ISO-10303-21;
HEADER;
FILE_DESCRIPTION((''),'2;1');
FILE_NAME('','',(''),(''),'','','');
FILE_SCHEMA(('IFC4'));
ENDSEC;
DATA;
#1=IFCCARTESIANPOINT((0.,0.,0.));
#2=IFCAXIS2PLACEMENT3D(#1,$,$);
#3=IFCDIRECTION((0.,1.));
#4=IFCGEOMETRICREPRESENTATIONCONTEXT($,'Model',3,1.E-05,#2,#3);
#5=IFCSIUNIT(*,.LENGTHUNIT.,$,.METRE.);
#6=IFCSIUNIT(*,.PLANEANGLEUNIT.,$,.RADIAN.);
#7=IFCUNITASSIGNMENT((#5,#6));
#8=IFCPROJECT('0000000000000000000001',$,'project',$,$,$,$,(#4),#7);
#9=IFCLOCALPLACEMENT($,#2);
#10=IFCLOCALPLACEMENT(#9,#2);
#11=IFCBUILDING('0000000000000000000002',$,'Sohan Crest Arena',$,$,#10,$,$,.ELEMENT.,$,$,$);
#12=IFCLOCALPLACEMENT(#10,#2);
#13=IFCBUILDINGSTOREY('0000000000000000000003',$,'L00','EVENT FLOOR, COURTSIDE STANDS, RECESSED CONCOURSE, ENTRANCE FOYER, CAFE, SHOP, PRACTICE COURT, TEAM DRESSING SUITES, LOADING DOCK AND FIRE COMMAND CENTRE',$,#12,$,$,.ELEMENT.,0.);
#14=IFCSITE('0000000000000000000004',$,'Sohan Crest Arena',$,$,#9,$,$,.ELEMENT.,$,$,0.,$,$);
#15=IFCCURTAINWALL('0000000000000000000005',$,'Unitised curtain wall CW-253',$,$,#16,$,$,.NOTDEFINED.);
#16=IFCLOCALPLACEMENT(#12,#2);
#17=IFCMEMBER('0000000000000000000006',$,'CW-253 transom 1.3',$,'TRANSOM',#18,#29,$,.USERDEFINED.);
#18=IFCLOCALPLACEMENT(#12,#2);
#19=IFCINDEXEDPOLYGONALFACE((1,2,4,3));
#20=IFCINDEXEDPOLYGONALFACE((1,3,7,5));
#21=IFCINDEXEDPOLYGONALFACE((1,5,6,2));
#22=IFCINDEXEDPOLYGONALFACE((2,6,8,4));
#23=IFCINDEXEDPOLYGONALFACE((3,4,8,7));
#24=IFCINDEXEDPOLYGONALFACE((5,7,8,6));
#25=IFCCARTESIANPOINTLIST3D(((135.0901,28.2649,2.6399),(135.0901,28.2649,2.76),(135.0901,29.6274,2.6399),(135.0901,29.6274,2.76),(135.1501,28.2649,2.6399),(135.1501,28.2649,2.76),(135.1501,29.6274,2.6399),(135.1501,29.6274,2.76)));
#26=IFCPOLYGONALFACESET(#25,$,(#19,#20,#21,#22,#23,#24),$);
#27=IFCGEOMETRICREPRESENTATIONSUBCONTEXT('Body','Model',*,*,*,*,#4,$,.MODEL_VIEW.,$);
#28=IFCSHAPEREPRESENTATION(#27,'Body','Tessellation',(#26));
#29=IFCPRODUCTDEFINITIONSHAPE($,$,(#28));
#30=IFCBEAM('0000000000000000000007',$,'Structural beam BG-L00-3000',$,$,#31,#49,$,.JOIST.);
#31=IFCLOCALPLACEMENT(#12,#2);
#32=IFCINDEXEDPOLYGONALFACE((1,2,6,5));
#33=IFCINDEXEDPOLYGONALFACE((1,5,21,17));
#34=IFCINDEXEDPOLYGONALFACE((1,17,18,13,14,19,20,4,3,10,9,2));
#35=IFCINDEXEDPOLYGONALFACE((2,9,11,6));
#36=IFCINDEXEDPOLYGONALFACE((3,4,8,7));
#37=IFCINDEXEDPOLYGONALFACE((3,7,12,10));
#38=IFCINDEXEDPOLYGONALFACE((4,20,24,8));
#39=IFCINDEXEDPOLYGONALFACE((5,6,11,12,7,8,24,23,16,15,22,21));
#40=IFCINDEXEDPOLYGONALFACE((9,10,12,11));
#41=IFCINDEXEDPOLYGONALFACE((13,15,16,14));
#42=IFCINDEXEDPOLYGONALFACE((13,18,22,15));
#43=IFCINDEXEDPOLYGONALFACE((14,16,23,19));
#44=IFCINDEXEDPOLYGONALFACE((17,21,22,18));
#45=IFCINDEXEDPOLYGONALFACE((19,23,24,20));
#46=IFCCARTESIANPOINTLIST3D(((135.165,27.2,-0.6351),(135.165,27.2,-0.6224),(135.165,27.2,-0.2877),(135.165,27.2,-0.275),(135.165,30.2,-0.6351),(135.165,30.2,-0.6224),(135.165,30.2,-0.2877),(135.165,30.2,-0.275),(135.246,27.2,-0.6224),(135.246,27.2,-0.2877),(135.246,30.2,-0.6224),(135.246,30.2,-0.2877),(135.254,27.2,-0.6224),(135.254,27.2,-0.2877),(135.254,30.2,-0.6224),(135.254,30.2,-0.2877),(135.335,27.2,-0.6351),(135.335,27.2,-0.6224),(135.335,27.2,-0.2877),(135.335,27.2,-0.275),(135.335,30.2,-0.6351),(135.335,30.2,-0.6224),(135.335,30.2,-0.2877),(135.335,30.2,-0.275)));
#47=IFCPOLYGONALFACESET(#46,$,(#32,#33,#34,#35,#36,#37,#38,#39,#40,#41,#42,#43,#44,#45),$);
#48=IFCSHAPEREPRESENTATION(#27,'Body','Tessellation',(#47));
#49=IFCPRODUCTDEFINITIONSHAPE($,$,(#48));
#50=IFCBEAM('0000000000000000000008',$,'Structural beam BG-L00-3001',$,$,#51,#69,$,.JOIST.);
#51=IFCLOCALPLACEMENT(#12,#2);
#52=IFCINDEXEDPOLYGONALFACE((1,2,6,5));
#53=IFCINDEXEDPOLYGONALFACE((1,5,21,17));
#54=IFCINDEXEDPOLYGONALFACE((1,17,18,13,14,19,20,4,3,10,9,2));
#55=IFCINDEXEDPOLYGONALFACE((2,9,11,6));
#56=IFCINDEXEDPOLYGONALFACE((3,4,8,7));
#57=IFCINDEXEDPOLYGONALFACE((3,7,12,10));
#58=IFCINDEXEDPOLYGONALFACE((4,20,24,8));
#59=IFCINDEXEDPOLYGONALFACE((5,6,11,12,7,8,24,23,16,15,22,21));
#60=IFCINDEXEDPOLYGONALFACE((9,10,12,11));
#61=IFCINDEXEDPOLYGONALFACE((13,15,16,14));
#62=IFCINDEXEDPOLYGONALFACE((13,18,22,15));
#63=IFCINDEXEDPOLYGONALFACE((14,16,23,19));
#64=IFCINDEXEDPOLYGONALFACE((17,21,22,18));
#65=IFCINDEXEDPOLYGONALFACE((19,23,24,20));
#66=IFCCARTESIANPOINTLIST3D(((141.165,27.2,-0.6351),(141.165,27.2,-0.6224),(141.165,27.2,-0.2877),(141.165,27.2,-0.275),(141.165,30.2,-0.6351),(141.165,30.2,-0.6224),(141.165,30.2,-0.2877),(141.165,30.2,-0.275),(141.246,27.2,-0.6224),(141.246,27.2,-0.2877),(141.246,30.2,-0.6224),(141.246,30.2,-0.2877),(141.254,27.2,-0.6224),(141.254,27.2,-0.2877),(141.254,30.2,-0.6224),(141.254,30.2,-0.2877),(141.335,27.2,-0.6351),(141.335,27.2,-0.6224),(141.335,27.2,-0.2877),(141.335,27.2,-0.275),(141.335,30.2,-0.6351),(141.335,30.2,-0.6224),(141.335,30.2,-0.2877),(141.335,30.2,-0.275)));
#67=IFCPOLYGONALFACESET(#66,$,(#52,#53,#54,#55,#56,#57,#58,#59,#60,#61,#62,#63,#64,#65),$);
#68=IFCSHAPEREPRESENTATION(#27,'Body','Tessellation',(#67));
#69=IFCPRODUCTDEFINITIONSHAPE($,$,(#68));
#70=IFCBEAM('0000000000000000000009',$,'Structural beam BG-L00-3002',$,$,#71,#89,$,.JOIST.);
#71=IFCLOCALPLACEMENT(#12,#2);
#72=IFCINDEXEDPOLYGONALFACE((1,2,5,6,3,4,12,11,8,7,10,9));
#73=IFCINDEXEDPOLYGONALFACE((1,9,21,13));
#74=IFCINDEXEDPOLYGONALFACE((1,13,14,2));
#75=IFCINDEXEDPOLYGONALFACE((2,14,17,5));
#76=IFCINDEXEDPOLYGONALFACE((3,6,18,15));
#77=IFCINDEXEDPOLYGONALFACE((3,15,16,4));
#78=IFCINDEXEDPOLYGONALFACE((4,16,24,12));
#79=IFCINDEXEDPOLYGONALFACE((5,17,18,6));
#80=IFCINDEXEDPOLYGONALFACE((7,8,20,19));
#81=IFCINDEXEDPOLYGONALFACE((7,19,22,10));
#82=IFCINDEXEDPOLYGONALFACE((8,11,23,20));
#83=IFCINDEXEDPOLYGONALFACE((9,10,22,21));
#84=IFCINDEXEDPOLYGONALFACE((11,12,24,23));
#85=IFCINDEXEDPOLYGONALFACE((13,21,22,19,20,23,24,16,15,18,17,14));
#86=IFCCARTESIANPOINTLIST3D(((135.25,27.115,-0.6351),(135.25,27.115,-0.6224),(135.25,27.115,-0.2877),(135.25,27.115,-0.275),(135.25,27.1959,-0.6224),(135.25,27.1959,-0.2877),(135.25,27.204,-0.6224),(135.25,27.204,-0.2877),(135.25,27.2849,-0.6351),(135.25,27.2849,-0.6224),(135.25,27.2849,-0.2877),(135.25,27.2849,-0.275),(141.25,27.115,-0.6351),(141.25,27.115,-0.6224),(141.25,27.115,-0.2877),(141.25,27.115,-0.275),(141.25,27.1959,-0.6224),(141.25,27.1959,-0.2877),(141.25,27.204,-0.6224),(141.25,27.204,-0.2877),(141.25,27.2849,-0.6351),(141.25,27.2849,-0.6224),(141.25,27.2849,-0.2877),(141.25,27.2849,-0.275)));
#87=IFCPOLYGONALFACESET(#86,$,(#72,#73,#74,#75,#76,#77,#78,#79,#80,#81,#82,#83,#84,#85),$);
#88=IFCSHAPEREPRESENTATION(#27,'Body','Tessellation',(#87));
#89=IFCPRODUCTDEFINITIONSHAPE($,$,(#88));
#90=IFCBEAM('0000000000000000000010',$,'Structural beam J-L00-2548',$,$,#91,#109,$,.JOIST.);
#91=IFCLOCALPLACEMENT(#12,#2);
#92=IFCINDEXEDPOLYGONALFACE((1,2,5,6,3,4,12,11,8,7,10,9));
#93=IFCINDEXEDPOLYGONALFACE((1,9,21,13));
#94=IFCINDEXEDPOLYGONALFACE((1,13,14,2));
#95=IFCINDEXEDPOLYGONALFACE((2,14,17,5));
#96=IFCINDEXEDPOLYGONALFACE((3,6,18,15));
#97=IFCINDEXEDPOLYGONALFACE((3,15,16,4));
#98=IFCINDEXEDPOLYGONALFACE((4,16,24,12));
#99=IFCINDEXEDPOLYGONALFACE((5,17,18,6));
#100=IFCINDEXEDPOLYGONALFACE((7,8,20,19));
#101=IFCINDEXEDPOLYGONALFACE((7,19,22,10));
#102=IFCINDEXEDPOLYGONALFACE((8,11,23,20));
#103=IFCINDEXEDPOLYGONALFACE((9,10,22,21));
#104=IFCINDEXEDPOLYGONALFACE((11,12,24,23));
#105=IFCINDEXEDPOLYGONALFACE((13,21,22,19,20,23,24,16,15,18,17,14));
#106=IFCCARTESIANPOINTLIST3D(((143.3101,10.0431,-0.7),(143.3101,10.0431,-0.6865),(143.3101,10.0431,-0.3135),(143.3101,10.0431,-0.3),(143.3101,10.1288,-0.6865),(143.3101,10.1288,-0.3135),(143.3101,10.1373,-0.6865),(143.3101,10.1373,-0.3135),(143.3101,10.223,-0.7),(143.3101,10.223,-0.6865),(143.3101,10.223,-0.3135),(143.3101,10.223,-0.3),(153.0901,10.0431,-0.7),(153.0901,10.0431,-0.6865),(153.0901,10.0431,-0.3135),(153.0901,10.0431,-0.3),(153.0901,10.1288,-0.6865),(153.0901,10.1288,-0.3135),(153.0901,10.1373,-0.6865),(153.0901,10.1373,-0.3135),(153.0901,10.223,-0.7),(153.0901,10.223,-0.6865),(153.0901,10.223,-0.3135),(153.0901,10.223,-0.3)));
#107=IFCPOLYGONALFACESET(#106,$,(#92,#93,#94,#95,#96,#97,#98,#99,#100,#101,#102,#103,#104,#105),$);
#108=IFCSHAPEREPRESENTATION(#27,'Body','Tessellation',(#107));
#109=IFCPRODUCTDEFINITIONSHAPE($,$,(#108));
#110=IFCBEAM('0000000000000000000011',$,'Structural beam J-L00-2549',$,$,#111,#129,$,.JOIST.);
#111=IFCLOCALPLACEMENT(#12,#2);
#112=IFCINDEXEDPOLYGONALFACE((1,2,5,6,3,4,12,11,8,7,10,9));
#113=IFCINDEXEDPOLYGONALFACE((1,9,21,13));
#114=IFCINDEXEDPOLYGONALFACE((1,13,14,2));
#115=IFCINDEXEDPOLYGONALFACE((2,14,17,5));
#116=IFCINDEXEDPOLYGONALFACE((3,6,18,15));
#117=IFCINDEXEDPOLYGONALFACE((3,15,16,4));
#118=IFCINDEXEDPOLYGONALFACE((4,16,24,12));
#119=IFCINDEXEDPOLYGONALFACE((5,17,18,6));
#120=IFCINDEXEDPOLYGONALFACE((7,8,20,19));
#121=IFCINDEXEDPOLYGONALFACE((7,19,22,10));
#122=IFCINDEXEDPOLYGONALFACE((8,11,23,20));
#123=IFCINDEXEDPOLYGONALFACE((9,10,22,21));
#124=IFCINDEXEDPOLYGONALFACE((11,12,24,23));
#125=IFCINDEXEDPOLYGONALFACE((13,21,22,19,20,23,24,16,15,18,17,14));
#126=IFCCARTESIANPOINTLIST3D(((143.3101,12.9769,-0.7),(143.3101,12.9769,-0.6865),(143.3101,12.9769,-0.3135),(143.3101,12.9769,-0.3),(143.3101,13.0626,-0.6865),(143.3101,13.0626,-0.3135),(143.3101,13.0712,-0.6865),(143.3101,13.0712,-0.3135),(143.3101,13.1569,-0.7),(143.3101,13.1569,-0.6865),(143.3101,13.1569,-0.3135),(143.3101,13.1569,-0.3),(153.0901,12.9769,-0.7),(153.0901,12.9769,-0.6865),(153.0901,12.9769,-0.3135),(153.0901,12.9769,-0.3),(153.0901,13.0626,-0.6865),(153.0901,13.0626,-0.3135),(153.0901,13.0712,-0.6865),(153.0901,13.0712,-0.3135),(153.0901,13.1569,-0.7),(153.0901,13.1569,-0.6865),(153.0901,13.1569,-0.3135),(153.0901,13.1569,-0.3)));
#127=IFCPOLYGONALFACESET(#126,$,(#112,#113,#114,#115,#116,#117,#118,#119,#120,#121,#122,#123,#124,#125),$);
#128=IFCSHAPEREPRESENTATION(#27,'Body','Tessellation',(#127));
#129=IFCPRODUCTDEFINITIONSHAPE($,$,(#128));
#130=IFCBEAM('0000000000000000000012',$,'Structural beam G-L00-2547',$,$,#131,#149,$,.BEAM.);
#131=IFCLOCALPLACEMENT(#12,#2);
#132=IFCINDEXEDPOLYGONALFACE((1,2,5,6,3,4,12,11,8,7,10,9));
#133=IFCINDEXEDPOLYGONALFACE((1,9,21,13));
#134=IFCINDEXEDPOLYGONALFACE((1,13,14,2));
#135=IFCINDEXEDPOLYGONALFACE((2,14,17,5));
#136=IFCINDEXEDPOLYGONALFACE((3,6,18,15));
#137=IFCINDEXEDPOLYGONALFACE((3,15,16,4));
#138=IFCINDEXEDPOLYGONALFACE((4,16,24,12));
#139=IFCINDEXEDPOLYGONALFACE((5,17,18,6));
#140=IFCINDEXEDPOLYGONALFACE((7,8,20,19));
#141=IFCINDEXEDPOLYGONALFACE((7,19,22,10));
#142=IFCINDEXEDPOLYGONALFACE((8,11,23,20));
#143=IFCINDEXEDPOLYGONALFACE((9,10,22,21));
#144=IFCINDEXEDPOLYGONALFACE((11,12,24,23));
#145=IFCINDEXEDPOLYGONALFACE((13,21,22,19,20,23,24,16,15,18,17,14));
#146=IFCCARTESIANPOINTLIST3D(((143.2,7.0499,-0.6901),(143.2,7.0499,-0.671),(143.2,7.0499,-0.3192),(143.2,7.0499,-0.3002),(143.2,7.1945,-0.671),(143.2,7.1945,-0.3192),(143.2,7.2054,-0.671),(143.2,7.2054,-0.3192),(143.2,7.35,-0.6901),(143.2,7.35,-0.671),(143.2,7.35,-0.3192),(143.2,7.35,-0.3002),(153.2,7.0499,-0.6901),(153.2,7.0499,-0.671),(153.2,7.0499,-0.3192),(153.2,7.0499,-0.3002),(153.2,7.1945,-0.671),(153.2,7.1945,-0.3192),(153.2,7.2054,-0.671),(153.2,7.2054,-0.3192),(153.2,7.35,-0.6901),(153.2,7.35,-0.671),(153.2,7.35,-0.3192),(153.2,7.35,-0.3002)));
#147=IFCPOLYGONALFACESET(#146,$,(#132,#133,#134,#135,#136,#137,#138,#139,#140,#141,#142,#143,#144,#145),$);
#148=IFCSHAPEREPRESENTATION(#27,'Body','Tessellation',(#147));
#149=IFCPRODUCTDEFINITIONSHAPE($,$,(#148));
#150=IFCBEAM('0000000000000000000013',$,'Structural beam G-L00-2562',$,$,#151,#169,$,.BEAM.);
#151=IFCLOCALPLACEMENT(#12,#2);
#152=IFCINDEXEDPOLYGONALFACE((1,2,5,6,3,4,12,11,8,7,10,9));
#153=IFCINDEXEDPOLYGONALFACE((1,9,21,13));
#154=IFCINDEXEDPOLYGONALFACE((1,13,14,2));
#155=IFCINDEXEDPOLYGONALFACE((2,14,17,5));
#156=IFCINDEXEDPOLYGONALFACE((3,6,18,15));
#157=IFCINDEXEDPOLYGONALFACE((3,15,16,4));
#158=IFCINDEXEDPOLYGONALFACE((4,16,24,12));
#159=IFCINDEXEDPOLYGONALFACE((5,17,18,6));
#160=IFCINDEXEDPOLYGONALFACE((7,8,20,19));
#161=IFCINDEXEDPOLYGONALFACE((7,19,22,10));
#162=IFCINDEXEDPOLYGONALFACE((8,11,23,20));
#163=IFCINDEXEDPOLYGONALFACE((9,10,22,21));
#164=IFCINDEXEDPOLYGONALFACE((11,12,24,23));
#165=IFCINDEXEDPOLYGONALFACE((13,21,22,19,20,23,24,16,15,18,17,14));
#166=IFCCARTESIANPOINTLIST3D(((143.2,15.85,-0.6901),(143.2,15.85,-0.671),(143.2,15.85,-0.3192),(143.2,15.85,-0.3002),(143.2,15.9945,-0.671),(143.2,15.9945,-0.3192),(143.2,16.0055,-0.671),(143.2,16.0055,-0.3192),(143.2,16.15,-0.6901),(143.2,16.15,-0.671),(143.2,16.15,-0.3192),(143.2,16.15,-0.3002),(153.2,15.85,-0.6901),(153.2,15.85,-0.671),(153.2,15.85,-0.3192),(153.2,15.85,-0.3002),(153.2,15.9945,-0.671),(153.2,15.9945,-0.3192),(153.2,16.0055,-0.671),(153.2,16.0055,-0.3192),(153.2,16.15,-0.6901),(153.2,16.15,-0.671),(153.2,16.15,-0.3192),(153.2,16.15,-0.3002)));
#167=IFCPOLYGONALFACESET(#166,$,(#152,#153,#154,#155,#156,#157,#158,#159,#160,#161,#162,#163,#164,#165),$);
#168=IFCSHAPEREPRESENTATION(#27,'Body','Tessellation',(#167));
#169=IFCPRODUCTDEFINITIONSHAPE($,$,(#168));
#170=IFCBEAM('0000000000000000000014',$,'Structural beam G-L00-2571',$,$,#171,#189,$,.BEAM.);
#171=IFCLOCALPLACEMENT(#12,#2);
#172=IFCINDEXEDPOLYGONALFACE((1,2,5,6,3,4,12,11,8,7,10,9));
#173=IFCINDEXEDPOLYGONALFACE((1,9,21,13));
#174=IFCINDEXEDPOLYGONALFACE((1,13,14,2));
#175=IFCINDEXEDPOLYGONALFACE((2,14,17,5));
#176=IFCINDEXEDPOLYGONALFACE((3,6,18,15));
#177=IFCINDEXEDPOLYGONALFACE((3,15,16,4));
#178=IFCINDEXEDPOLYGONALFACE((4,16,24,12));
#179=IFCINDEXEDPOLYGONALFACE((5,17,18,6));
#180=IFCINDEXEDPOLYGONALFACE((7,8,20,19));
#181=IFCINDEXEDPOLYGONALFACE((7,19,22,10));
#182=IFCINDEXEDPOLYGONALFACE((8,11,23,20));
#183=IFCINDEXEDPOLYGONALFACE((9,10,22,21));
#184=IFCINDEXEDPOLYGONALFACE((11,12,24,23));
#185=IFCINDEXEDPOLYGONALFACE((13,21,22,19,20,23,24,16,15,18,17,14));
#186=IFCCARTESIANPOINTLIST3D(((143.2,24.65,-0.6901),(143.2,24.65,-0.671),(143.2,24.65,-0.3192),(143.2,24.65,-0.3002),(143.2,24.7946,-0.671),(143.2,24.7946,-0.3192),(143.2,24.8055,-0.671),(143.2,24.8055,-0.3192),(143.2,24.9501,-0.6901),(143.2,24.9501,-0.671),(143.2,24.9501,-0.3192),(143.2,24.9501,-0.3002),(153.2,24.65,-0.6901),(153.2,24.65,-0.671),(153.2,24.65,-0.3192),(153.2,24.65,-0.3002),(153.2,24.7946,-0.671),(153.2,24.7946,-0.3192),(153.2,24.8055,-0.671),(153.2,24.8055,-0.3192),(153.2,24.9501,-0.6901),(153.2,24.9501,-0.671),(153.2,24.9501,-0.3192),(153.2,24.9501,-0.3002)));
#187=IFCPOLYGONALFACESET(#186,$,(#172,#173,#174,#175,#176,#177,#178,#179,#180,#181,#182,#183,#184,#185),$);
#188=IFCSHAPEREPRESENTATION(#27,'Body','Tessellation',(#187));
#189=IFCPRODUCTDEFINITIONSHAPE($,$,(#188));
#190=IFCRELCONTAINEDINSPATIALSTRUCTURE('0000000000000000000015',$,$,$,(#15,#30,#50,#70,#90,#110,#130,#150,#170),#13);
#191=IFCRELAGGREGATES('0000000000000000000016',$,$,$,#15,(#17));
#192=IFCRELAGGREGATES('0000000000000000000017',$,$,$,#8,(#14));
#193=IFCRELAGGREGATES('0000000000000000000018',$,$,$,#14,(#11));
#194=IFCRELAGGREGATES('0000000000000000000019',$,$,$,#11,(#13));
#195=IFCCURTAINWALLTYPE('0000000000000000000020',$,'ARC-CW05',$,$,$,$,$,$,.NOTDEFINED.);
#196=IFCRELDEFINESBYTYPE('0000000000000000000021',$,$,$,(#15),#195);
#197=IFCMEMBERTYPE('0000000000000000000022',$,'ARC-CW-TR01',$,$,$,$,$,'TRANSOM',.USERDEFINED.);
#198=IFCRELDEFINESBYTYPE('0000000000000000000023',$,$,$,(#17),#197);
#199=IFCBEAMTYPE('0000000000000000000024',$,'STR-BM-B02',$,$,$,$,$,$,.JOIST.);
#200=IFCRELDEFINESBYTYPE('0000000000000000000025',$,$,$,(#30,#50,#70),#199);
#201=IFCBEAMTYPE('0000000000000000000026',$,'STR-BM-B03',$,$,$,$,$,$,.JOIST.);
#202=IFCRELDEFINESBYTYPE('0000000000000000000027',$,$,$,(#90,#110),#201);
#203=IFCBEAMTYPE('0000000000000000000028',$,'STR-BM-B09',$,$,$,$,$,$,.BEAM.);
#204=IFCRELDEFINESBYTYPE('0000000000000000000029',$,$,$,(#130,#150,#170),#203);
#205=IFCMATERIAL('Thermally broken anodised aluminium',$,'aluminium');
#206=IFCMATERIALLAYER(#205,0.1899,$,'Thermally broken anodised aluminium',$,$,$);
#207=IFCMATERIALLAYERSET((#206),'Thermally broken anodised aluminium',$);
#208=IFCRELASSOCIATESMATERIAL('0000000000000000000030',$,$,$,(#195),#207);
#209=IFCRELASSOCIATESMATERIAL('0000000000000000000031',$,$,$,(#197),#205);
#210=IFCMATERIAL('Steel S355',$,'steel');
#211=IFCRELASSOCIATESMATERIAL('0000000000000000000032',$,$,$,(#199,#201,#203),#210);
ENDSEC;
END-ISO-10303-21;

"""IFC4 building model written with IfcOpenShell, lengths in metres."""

from ifc_helpers import new_model, si_unit, direction, frame, origin, origin_2d, place, context, subcontext, project, spatial, rectangle, i_section, extrude, material, layer, layer_set, material_profile, profile_set, type_object, element, aggregate, save


model = new_model("IFC4")

# Units and contexts
model_context = context("Model", 3, precision=1e-05, world=origin(), true_north=direction((0.0, 1.0)))
body_context = subcontext(model_context, "Body", "Model", "MODEL_VIEW")
ifc_project = project(units=[si_unit("LENGTHUNIT", "METRE"), si_unit("PLANEANGLEUNIT", "RADIAN")], contexts=[model_context])

# Site, building, storey
site_placement = place(None, origin())
site = spatial("IfcSite", under=ifc_project, at=site_placement, Name="Sohan Crest Arena", CompositionType="ELEMENT", RefElevation=0.0)
building_placement = place(site_placement, origin())
building = spatial("IfcBuilding", under=site, at=building_placement, Name="Sohan Crest Arena", CompositionType="ELEMENT")
storey_placement = place(building_placement, origin())
storey = spatial("IfcBuildingStorey", under=building, at=storey_placement, Name="L00", Description="EVENT FLOOR, COURTSIDE STANDS, RECESSED CONCOURSE, ENTRANCE FOYER, CAFE, SHOP, PRACTICE COURT, TEAM DRESSING SUITES, LOADING DOCK AND FIRE COMMAND CENTRE", CompositionType="ELEMENT", Elevation=0.0)

# Shared definitions
ifc_material_1 = material(Name="Steel S355", Category="steel")

# Curtain wall, member
ifc_material_2 = material(Name="Thermally broken anodised aluminium", Category="aluminium")
ifc_layer_1 = layer(ifc_material_2, 0.1899, Name="Thermally broken anodised aluminium")
ifc_layer_set_1 = layer_set([ifc_layer_1], Name="Thermally broken anodised aluminium")
curtain_wall_type = type_object("IfcCurtainWallType", Name="ARC-CW05", PredefinedType="NOTDEFINED", material=ifc_layer_set_1)
curtain_wall_1_placement = place(storey_placement, origin())
curtain_wall_1 = element("IfcCurtainWall", 1, at=curtain_wall_1_placement, inside=storey, type_object=curtain_wall_type, Name="Unitised curtain wall CW-253", PredefinedType="NOTDEFINED")
ifc_material_profile_1 = material_profile(ifc_material_2, rectangle(XDim=0.0601, YDim=0.1201, at=origin_2d()), Name="ALU-TRAN 60x120")
ifc_profile_set_1 = profile_set([ifc_material_profile_1], Name="Thermally broken anodised aluminium")
member_type_1 = type_object("IfcMemberType", Name="ARC-CW-TR01", ElementType="TRANSOM", PredefinedType="USERDEFINED", material=ifc_profile_set_1)
member_1_placement = place(storey_placement, frame((135.1201, 28.2649, 2.7), z_axis=(0.0, 1.0, 0.0), x_axis=(-1.0, 0.0, 0.0)))
member_1 = element("IfcMember", 2, at=member_1_placement, type_object=member_type_1, Name="CW-253 transom 1.3", ObjectType="TRANSOM", PredefinedType="USERDEFINED", context=body_context, shape_type="SweptSolid", body=[
    extrude(rectangle(XDim=0.0601, YDim=0.1201, at=origin_2d()), origin(), (0.0, 0.0, 1.0), 1.3625),
])
aggregate(curtain_wall_1, [member_1])

# Beams
ifc_material_profile_2 = material_profile(ifc_material_1, i_section(OverallWidth=0.1699, OverallDepth=0.3601, WebThickness=0.0081, FlangeThickness=0.0127, at=origin_2d()), Name="IPE 360")
ifc_profile_set_2 = profile_set([ifc_material_profile_2], Name="Steel S355")
beam_type_1 = type_object("IfcBeamType", Name="STR-BM-B02", PredefinedType="JOIST", material=ifc_profile_set_2)
for number, where, z_axis, x_axis, name in (
    (3, (135.25, 27.2, -0.4551), (0.0, 1.0, 0.0), (-1.0, 0.0, 0.0), "Structural beam BG-L00-3000"),
    (4, (141.25, 27.2, -0.4551), (0.0, 1.0, 0.0), (-1.0, 0.0, 0.0), "Structural beam BG-L00-3001"),
):
    element("IfcBeam", number, at=place(storey_placement, frame(where, z_axis=z_axis, x_axis=x_axis)), inside=storey, type_object=beam_type_1, Name=name, PredefinedType="JOIST", context=body_context, shape_type="SweptSolid", body=[
        extrude(i_section(OverallWidth=0.1699, OverallDepth=0.3601, WebThickness=0.0081, FlangeThickness=0.0127, at=origin_2d()), origin(), (0.0, 0.0, 1.0), 3.0),
    ])
beam_placement = place(storey_placement, frame((135.25, 27.2, -0.4551), z_axis=(1.0, 0.0, 0.0), x_axis=(0.0, 1.0, 0.0)))
element("IfcBeam", 5, at=beam_placement, inside=storey, type_object=beam_type_1, Name="Structural beam BG-L00-3002", PredefinedType="JOIST", context=body_context, shape_type="SweptSolid", body=[
    extrude(i_section(OverallWidth=0.1699, OverallDepth=0.3601, WebThickness=0.0081, FlangeThickness=0.0127, at=origin_2d()), origin(), (0.0, 0.0, 1.0), 6.0),
])
ifc_material_profile_3 = material_profile(ifc_material_1, i_section(OverallWidth=0.1799, OverallDepth=0.3999, WebThickness=0.0085, FlangeThickness=0.0134, at=origin_2d()), Name="IPE 400")
ifc_profile_set_3 = profile_set([ifc_material_profile_3], Name="Steel S355")
beam_type_2 = type_object("IfcBeamType", Name="STR-BM-B03", PredefinedType="JOIST", material=ifc_profile_set_3)
for number, where, z_axis, x_axis, name in (
    (6, (143.3101, 10.1331, -0.5), (1.0, 0.0, 0.0), (0.0, 1.0, 0.0), "Structural beam J-L00-2548"),
    (7, (143.3101, 13.0669, -0.5), (1.0, 0.0, 0.0), (0.0, 1.0, 0.0), "Structural beam J-L00-2549"),
):
    element("IfcBeam", number, at=place(storey_placement, frame(where, z_axis=z_axis, x_axis=x_axis)), inside=storey, type_object=beam_type_2, Name=name, PredefinedType="JOIST", context=body_context, shape_type="SweptSolid", body=[
        extrude(i_section(OverallWidth=0.1799, OverallDepth=0.3999, WebThickness=0.0085, FlangeThickness=0.0134, at=origin_2d()), origin(), (0.0, 0.0, 1.0), 9.78),
    ])
ifc_material_profile_4 = material_profile(ifc_material_1, i_section(OverallWidth=0.3, OverallDepth=0.3899, WebThickness=0.011, FlangeThickness=0.019, at=origin_2d()), Name="HEA 400")
ifc_profile_set_4 = profile_set([ifc_material_profile_4], Name="Steel S355")
beam_type_3 = type_object("IfcBeamType", Name="STR-BM-B09", PredefinedType="BEAM", material=ifc_profile_set_4)
for number, where, z_axis, x_axis, name in (
    (8, (143.2, 7.2, -0.4951), (1.0, 0.0, 0.0), (0.0, 1.0, 0.0), "Structural beam G-L00-2547"),
    (9, (143.2, 16.0, -0.4951), (1.0, 0.0, 0.0), (0.0, 1.0, 0.0), "Structural beam G-L00-2562"),
    (10, (143.2, 24.8, -0.4951), (1.0, 0.0, 0.0), (0.0, 1.0, 0.0), "Structural beam G-L00-2571"),
):
    element("IfcBeam", number, at=place(storey_placement, frame(where, z_axis=z_axis, x_axis=x_axis)), inside=storey, type_object=beam_type_3, Name=name, PredefinedType="BEAM", context=body_context, shape_type="SweptSolid", body=[
        extrude(i_section(OverallWidth=0.3, OverallDepth=0.3899, WebThickness=0.011, FlangeThickness=0.019, at=origin_2d()), origin(), (0.0, 0.0, 1.0), 10.0),
    ])

save(model, "model.ifc")
